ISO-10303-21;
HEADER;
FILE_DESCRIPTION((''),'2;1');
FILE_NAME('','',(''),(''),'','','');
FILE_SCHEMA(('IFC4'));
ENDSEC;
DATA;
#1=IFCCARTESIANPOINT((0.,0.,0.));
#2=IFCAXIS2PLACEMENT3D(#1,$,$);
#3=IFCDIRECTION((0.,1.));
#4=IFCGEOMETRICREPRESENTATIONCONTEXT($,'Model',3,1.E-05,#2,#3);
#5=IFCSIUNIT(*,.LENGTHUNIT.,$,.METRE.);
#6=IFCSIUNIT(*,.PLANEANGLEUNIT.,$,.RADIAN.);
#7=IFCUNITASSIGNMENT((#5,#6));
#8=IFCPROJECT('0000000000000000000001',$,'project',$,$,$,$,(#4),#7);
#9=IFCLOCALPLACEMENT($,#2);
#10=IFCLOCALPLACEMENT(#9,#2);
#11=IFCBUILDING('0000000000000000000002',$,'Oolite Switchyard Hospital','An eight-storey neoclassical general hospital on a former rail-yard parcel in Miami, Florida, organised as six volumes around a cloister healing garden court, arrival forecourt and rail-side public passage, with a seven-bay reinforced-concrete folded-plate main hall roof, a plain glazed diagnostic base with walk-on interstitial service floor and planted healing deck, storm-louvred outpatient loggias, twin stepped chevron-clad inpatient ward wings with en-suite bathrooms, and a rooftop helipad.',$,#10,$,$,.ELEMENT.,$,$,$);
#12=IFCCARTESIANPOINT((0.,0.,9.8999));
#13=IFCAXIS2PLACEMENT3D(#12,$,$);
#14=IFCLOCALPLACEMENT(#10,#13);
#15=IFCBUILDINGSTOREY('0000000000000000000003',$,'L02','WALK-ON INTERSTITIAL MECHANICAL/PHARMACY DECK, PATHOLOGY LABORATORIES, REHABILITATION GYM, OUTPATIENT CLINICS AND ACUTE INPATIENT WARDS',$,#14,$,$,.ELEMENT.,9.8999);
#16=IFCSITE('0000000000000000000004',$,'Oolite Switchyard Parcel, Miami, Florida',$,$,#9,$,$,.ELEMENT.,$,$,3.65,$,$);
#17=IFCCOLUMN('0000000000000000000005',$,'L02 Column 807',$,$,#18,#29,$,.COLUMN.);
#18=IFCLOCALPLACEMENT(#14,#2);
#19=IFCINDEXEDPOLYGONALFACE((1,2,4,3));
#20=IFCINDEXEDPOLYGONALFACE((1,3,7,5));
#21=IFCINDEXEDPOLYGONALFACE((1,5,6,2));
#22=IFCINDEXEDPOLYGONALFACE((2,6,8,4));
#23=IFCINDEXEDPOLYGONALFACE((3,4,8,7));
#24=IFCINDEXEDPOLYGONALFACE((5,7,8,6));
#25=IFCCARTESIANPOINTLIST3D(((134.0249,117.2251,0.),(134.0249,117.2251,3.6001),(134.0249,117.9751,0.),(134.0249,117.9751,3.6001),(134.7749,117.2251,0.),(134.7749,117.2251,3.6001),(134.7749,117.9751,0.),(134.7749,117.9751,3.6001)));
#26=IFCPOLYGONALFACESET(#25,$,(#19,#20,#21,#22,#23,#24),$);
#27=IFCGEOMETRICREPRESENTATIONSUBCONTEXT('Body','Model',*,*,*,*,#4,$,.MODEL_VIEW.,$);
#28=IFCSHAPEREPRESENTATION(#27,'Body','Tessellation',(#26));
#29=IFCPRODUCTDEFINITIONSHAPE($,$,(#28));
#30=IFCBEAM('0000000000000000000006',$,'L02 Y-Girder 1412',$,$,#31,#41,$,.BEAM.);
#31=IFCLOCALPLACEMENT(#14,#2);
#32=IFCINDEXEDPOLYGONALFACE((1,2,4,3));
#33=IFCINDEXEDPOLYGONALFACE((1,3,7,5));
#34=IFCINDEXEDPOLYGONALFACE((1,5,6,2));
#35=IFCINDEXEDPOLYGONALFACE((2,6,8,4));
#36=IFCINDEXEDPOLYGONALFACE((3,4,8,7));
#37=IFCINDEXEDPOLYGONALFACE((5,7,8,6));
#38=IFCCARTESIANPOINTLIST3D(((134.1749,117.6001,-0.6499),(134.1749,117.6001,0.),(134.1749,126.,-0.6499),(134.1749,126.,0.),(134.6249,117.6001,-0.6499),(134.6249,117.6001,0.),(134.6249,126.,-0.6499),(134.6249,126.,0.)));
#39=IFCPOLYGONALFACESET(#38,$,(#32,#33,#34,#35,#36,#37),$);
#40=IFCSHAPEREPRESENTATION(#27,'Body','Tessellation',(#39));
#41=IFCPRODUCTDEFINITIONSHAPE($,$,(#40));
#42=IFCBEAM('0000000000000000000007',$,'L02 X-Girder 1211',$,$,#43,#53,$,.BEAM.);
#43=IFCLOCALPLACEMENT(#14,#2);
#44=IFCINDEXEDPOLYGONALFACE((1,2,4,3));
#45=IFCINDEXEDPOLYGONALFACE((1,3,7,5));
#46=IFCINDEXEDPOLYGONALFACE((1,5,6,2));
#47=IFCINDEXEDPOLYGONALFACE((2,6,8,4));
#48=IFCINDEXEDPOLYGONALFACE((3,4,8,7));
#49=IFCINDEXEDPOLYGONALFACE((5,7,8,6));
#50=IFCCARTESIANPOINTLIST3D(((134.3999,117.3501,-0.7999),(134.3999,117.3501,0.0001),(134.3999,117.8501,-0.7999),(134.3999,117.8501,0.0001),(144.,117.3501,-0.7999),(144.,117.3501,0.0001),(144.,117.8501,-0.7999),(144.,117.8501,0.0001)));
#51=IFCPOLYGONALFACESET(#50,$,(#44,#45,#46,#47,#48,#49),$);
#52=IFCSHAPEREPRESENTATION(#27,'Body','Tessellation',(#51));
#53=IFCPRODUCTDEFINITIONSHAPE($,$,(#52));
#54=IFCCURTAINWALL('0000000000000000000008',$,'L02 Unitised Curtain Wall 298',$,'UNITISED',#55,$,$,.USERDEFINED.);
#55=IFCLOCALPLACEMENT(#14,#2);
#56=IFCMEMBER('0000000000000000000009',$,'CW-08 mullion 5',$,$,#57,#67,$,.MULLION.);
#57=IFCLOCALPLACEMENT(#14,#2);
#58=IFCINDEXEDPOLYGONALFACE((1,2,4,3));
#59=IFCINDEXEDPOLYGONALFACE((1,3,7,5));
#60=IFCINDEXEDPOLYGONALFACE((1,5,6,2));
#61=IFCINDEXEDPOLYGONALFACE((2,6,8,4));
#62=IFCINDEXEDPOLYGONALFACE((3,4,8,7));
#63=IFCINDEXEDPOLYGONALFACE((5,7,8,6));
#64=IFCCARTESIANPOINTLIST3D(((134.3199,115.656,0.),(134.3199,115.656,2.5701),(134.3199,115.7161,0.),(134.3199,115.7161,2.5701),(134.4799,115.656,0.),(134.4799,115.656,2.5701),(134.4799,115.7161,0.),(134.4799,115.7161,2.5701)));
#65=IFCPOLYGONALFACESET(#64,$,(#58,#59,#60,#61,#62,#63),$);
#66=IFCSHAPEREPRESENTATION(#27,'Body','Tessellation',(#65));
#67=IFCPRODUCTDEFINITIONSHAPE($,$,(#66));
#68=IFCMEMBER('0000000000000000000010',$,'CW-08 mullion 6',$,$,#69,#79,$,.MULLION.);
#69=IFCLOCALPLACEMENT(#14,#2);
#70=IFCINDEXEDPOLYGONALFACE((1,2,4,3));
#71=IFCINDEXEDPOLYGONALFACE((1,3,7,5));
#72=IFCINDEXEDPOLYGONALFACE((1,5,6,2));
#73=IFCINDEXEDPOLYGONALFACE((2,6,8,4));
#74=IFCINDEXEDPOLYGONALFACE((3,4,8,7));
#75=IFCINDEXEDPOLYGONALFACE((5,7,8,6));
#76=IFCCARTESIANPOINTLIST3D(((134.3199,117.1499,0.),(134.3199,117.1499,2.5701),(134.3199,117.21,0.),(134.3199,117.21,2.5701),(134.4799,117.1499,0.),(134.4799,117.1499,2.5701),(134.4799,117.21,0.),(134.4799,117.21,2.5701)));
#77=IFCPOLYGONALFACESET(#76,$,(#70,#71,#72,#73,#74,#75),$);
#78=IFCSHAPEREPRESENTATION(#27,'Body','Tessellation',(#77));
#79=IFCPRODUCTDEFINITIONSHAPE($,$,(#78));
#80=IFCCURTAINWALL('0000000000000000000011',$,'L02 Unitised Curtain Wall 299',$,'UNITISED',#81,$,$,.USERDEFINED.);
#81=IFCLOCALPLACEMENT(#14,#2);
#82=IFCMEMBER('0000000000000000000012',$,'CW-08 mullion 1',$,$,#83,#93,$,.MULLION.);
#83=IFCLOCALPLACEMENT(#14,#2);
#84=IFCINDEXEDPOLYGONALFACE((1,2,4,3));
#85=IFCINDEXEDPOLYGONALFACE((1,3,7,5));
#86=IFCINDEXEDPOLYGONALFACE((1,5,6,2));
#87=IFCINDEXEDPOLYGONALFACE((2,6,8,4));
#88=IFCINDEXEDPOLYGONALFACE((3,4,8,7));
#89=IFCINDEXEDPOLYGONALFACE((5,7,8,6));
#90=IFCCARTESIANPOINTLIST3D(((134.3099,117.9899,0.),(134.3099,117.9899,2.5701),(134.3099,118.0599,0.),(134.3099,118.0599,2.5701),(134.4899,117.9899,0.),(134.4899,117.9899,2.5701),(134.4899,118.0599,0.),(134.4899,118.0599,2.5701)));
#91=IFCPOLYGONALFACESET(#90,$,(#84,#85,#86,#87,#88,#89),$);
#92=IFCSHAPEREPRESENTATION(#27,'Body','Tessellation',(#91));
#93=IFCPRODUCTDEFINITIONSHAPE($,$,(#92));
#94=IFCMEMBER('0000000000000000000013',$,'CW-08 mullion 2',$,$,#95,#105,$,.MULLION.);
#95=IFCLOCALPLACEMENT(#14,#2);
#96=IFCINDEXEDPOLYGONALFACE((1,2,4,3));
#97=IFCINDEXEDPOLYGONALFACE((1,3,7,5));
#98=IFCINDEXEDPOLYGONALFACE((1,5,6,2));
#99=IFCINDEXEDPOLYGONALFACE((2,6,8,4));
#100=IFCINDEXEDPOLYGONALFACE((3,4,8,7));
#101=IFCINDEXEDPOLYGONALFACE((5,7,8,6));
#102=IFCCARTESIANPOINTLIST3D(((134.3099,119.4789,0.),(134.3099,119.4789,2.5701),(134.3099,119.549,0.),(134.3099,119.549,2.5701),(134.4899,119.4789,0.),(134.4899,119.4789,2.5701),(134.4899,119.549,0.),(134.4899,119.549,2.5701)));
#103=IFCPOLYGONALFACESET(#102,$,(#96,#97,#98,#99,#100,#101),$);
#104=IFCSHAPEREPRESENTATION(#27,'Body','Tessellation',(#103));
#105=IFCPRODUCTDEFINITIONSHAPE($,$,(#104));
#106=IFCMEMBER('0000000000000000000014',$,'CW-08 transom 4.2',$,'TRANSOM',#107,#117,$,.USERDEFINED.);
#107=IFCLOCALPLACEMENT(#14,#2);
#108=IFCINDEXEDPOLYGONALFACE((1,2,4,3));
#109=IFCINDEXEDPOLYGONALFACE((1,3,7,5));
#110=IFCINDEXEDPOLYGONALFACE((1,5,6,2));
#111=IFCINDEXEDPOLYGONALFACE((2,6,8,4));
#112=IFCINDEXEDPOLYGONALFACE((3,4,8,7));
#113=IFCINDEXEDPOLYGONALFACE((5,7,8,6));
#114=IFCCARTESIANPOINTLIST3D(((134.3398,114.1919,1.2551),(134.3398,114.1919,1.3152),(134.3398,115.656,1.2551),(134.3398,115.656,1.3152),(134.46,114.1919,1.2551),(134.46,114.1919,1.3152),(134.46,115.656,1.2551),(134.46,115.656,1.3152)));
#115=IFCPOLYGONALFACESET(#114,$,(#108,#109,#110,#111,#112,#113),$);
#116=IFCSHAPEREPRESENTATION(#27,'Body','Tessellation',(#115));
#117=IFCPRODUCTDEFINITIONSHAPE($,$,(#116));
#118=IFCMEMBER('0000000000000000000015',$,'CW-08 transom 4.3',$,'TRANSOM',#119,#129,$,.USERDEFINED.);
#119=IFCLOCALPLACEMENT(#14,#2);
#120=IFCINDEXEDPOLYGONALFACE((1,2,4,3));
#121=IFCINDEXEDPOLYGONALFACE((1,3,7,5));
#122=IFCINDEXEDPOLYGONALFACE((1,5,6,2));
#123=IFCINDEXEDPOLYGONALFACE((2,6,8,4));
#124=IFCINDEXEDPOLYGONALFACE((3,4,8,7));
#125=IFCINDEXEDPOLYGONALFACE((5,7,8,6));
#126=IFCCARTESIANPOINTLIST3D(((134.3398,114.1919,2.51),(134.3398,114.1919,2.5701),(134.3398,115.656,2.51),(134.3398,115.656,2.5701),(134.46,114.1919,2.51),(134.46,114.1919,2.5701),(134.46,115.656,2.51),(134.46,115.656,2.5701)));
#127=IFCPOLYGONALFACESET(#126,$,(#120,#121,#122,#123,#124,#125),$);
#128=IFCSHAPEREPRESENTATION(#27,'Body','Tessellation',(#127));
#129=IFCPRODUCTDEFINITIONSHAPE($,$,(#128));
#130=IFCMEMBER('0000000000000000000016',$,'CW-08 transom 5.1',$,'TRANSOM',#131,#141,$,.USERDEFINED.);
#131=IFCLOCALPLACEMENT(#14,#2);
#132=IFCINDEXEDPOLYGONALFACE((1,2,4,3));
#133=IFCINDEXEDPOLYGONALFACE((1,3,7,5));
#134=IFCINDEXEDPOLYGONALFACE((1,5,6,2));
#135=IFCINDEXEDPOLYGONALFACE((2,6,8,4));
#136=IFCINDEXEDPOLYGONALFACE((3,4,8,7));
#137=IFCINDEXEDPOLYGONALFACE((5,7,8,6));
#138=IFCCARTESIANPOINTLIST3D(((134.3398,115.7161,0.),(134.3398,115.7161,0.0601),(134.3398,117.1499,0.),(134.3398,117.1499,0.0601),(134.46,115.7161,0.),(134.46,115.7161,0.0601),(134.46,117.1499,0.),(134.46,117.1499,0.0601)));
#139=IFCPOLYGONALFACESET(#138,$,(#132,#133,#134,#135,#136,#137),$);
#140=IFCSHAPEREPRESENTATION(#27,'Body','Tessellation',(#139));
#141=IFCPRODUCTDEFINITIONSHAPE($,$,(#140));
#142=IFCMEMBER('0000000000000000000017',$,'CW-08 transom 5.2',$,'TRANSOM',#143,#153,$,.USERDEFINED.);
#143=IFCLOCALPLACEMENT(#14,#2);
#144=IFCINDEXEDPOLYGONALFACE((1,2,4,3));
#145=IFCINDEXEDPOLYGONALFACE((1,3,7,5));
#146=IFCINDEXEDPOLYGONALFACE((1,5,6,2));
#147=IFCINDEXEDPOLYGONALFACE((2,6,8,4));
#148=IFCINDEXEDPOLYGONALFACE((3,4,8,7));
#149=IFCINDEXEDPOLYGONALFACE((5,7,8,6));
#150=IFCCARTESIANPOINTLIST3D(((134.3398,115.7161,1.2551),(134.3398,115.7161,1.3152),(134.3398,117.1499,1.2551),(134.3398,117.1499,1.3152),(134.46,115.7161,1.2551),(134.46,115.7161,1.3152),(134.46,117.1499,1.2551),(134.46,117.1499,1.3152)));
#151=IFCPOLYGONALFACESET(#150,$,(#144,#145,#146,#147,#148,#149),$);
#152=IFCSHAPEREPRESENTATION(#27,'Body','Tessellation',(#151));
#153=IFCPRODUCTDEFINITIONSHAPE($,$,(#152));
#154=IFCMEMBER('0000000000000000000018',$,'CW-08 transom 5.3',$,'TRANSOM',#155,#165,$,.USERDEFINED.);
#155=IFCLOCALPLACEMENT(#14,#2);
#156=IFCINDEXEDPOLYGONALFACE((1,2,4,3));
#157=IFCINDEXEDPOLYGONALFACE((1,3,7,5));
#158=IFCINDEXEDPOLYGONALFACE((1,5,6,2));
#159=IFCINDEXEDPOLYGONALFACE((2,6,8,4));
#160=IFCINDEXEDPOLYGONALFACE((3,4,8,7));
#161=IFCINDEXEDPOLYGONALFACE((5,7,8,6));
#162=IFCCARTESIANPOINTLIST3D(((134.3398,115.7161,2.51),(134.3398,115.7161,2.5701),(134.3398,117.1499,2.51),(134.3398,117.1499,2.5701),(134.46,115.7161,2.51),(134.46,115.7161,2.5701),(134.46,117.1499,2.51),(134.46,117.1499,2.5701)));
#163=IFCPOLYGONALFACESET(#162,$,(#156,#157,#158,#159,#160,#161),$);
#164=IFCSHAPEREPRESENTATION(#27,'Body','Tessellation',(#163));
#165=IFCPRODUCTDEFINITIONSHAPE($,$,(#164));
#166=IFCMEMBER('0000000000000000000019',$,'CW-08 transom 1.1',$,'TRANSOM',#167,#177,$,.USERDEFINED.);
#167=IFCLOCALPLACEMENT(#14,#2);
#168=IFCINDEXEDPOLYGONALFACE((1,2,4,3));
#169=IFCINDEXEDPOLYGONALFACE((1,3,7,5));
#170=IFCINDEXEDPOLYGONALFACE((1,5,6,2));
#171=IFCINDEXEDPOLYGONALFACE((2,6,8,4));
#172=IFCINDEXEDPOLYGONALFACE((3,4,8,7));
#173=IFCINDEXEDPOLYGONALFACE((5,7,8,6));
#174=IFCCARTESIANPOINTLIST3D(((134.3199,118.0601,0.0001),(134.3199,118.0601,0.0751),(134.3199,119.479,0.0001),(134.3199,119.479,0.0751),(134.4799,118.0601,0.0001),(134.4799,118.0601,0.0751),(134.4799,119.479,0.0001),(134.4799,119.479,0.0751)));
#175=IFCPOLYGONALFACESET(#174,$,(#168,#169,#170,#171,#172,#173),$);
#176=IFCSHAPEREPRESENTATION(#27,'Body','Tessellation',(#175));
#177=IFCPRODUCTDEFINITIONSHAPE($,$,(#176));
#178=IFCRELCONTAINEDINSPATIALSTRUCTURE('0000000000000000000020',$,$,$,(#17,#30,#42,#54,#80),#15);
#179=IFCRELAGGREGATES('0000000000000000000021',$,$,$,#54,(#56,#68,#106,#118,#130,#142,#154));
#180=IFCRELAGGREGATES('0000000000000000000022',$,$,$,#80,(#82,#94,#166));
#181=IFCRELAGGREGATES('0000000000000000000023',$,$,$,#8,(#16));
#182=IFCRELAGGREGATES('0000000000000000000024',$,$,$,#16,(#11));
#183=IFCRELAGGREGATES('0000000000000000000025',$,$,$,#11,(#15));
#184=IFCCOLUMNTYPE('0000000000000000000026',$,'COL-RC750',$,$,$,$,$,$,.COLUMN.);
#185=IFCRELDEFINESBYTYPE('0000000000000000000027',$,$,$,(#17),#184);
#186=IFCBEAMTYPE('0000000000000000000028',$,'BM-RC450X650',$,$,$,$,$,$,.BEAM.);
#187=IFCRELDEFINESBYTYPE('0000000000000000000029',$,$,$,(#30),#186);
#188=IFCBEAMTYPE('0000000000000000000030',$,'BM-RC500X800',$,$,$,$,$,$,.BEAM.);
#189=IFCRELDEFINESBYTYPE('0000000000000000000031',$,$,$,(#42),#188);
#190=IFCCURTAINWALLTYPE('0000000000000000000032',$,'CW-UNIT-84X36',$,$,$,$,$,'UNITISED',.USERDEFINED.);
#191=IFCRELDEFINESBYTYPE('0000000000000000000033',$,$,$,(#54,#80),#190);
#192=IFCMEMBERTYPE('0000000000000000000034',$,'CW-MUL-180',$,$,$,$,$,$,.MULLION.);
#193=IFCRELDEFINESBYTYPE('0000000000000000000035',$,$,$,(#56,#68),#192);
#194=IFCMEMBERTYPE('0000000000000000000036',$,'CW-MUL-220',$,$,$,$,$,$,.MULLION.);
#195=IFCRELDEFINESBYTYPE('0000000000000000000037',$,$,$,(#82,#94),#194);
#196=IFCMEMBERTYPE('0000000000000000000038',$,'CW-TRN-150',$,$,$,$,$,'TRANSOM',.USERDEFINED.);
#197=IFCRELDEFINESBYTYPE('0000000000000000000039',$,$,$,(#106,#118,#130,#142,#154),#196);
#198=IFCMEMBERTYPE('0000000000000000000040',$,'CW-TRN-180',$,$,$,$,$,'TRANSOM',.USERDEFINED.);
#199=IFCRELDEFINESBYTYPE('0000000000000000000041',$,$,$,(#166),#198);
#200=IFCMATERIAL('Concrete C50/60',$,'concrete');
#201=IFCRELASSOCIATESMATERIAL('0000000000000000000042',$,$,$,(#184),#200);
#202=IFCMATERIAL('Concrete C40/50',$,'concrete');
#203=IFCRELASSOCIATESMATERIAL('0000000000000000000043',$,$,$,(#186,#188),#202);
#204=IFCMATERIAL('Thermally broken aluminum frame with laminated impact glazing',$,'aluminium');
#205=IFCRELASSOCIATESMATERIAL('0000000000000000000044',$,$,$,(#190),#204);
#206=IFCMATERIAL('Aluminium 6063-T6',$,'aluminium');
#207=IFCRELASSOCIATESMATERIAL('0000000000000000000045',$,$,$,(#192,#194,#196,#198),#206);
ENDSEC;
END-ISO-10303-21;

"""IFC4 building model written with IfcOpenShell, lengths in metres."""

from ifc_helpers import new_model, si_unit, direction, frame, origin, origin_2d, place, context, subcontext, project, spatial, rectangle, extrude, material, material_profile, profile_set, type_object, element, aggregate, save


model = new_model("IFC4")

# Units and contexts
model_context = context("Model", 3, precision=1e-05, world=origin(), true_north=direction((0.0, 1.0)))
body_context = subcontext(model_context, "Body", "Model", "MODEL_VIEW")
ifc_project = project(units=[si_unit("LENGTHUNIT", "METRE"), si_unit("PLANEANGLEUNIT", "RADIAN")], contexts=[model_context])

# Site, building, storey
site_placement = place(None, origin())
site = spatial("IfcSite", under=ifc_project, at=site_placement, Name="Oolite Switchyard Parcel, Miami, Florida", CompositionType="ELEMENT", RefElevation=3.65)
building_placement = place(site_placement, origin())
building = spatial("IfcBuilding", under=site, at=building_placement, Name="Oolite Switchyard Hospital", Description="An eight-storey neoclassical general hospital on a former rail-yard parcel in Miami, Florida, organised as six volumes around a cloister healing garden court, arrival forecourt and rail-side public passage, with a seven-bay reinforced-concrete folded-plate main hall roof, a plain glazed diagnostic base with walk-on interstitial service floor and planted healing deck, storm-louvred outpatient loggias, twin stepped chevron-clad inpatient ward wings with en-suite bathrooms, and a rooftop helipad.", CompositionType="ELEMENT")
storey_placement = place(building_placement, frame((0.0, 0.0, 9.8999)))
storey = spatial("IfcBuildingStorey", under=building, at=storey_placement, Name="L02", Description="WALK-ON INTERSTITIAL MECHANICAL/PHARMACY DECK, PATHOLOGY LABORATORIES, REHABILITATION GYM, OUTPATIENT CLINICS AND ACUTE INPATIENT WARDS", CompositionType="ELEMENT", Elevation=9.8999)

# Column
ifc_material_1 = material(Name="Concrete C50/60", Category="concrete")
ifc_material_profile_1 = material_profile(ifc_material_1, rectangle(XDim=0.75, YDim=0.75, at=origin_2d()), Name="RC750X750")
ifc_profile_set_1 = profile_set([ifc_material_profile_1], Name="Concrete C50/60")
column_type = type_object("IfcColumnType", Name="COL-RC750", PredefinedType="COLUMN", material=ifc_profile_set_1)
column_placement = place(storey_placement, frame((134.3999, 117.6001, 0.0), z_axis=(0.0, 0.0, 1.0), x_axis=(1.0, 0.0, 0.0)))
element("IfcColumn", 1, at=column_placement, inside=storey, type_object=column_type, Name="L02 Column 807", PredefinedType="COLUMN", context=body_context, shape_type="SweptSolid", body=[
    extrude(rectangle(XDim=0.75, YDim=0.75, at=origin_2d()), origin(), (0.0, 0.0, 1.0), 3.6001),
])

# Beams
ifc_material_2 = material(Name="Concrete C40/50", Category="concrete")
ifc_material_profile_2 = material_profile(ifc_material_2, rectangle(XDim=0.45, YDim=0.6499, at=origin_2d()), Name="RCB450X650")
ifc_profile_set_2 = profile_set([ifc_material_profile_2], Name="Concrete C40/50")
beam_type_1 = type_object("IfcBeamType", Name="BM-RC450X650", PredefinedType="BEAM", material=ifc_profile_set_2)
beam_1_placement = place(storey_placement, frame((134.3999, 117.6001, -0.325), z_axis=(0.0, 1.0, 0.0), x_axis=(-1.0, 0.0, 0.0)))
element("IfcBeam", 2, at=beam_1_placement, inside=storey, type_object=beam_type_1, Name="L02 Y-Girder 1412", PredefinedType="BEAM", context=body_context, shape_type="SweptSolid", body=[
    extrude(rectangle(XDim=0.45, YDim=0.6499, at=origin_2d()), origin(), (0.0, 0.0, 1.0), 8.3999),
])
ifc_material_profile_3 = material_profile(ifc_material_2, rectangle(XDim=0.5, YDim=0.8, at=origin_2d()), Name="RCB500X800")
ifc_profile_set_3 = profile_set([ifc_material_profile_3], Name="Concrete C40/50")
beam_type_2 = type_object("IfcBeamType", Name="BM-RC500X800", PredefinedType="BEAM", material=ifc_profile_set_3)
beam_2_placement = place(storey_placement, frame((134.3999, 117.6001, -0.3999), z_axis=(1.0, 0.0, 0.0), x_axis=(0.0, 1.0, 0.0)))
element("IfcBeam", 3, at=beam_2_placement, inside=storey, type_object=beam_type_2, Name="L02 X-Girder 1211", PredefinedType="BEAM", context=body_context, shape_type="SweptSolid", body=[
    extrude(rectangle(XDim=0.5, YDim=0.8, at=origin_2d()), origin(), (0.0, 0.0, 1.0), 9.6001),
])

# Curtain walls, members
ifc_material_3 = material(Name="Thermally broken aluminum frame with laminated impact glazing", Category="aluminium")
curtain_wall_type = type_object("IfcCurtainWallType", Name="CW-UNIT-84X36", ElementType="UNITISED", PredefinedType="USERDEFINED", material=ifc_material_3)
curtain_wall_1_placement = place(storey_placement, origin())
curtain_wall_1 = element("IfcCurtainWall", 4, at=curtain_wall_1_placement, inside=storey, type_object=curtain_wall_type, Name="L02 Unitised Curtain Wall 298", ObjectType="UNITISED", PredefinedType="USERDEFINED")
ifc_material_4 = material(Name="Aluminium 6063-T6", Category="aluminium")
ifc_material_profile_4 = material_profile(ifc_material_4, rectangle(XDim=0.1599, YDim=0.0601, at=origin_2d()), Name="CWM60X160")
ifc_profile_set_4 = profile_set([ifc_material_profile_4], Name="Aluminium 6063-T6")
member_type_1 = type_object("IfcMemberType", Name="CW-MUL-180", PredefinedType="MULLION", material=ifc_profile_set_4)
member_1_placement = place(storey_placement, frame((134.3999, 115.686, 0.0), z_axis=(0.0, 0.0, 1.0), x_axis=(-1.0, 0.0, 0.0)))
member_1 = element("IfcMember", 5, at=member_1_placement, type_object=member_type_1, Name="CW-08 mullion 5", PredefinedType="MULLION", context=body_context, shape_type="SweptSolid", body=[
    extrude(rectangle(XDim=0.1599, YDim=0.0601, at=origin_2d()), origin(), (0.0, 0.0, 1.0), 2.5701),
])
member_2_placement = place(storey_placement, frame((134.3999, 117.1799, 0.0), z_axis=(0.0, 0.0, 1.0), x_axis=(-1.0, 0.0, 0.0)))
member_2 = element("IfcMember", 6, at=member_2_placement, type_object=member_type_1, Name="CW-08 mullion 6", PredefinedType="MULLION", context=body_context, shape_type="SweptSolid", body=[
    extrude(rectangle(XDim=0.1599, YDim=0.0601, at=origin_2d()), origin(), (0.0, 0.0, 1.0), 2.5701),
])
curtain_wall_2_placement = place(storey_placement, origin())
curtain_wall_2 = element("IfcCurtainWall", 7, at=curtain_wall_2_placement, inside=storey, type_object=curtain_wall_type, Name="L02 Unitised Curtain Wall 299", ObjectType="UNITISED", PredefinedType="USERDEFINED")
ifc_material_profile_5 = material_profile(ifc_material_4, rectangle(XDim=0.1799, YDim=0.0701, at=origin_2d()), Name="CWM70X180")
ifc_profile_set_5 = profile_set([ifc_material_profile_5], Name="Aluminium 6063-T6")
member_type_2 = type_object("IfcMemberType", Name="CW-MUL-220", PredefinedType="MULLION", material=ifc_profile_set_5)
member_3_placement = place(storey_placement, frame((134.3999, 118.0249, 0.0), z_axis=(0.0, 0.0, 1.0), x_axis=(-1.0, 0.0, 0.0)))
member_3 = element("IfcMember", 8, at=member_3_placement, type_object=member_type_2, Name="CW-08 mullion 1", PredefinedType="MULLION", context=body_context, shape_type="SweptSolid", body=[
    extrude(rectangle(XDim=0.1799, YDim=0.0701, at=origin_2d()), origin(), (0.0, 0.0, 1.0), 2.5701),
])
member_4_placement = place(storey_placement, frame((134.3999, 119.5139, 0.0), z_axis=(0.0, 0.0, 1.0), x_axis=(-1.0, 0.0, 0.0)))
member_4 = element("IfcMember", 9, at=member_4_placement, type_object=member_type_2, Name="CW-08 mullion 2", PredefinedType="MULLION", context=body_context, shape_type="SweptSolid", body=[
    extrude(rectangle(XDim=0.1799, YDim=0.0701, at=origin_2d()), origin(), (0.0, 0.0, 1.0), 2.5701),
])

# Members
ifc_material_profile_6 = material_profile(ifc_material_4, rectangle(XDim=0.1201, YDim=0.0601, at=origin_2d()), Name="CWT60X120")
ifc_profile_set_6 = profile_set([ifc_material_profile_6], Name="Aluminium 6063-T6")
member_type_3 = type_object("IfcMemberType", Name="CW-TRN-150", ElementType="TRANSOM", PredefinedType="USERDEFINED", material=ifc_profile_set_6)
member_5_placement = place(storey_placement, frame((134.3999, 114.1919, 1.2852), z_axis=(0.0, 1.0, 0.0), x_axis=(-1.0, 0.0, 0.0)))
member_5 = element("IfcMember", 10, at=member_5_placement, type_object=member_type_3, Name="CW-08 transom 4.2", ObjectType="TRANSOM", PredefinedType="USERDEFINED", context=body_context, shape_type="SweptSolid", body=[
    extrude(rectangle(XDim=0.1201, YDim=0.0601, at=origin_2d()), origin(), (0.0, 0.0, 1.0), 1.4641),
])
member_6_placement = place(storey_placement, frame((134.3999, 114.1919, 2.54), z_axis=(0.0, 1.0, 0.0), x_axis=(-1.0, 0.0, 0.0)))
member_6 = element("IfcMember", 11, at=member_6_placement, type_object=member_type_3, Name="CW-08 transom 4.3", ObjectType="TRANSOM", PredefinedType="USERDEFINED", context=body_context, shape_type="SweptSolid", body=[
    extrude(rectangle(XDim=0.1201, YDim=0.0601, at=origin_2d()), origin(), (0.0, 0.0, 1.0), 1.4641),
])
member_7_placement = place(storey_placement, frame((134.3999, 115.7161, 0.03), z_axis=(0.0, 1.0, 0.0), x_axis=(-1.0, 0.0, 0.0)))
member_7 = element("IfcMember", 12, at=member_7_placement, type_object=member_type_3, Name="CW-08 transom 5.1", ObjectType="TRANSOM", PredefinedType="USERDEFINED", context=body_context, shape_type="SweptSolid", body=[
    extrude(rectangle(XDim=0.1201, YDim=0.0601, at=origin_2d()), origin(), (0.0, 0.0, 1.0), 1.4338),
])
member_8_placement = place(storey_placement, frame((134.3999, 115.7161, 1.2852), z_axis=(0.0, 1.0, 0.0), x_axis=(-1.0, 0.0, 0.0)))
member_8 = element("IfcMember", 13, at=member_8_placement, type_object=member_type_3, Name="CW-08 transom 5.2", ObjectType="TRANSOM", PredefinedType="USERDEFINED", context=body_context, shape_type="SweptSolid", body=[
    extrude(rectangle(XDim=0.1201, YDim=0.0601, at=origin_2d()), origin(), (0.0, 0.0, 1.0), 1.4338),
])
member_9_placement = place(storey_placement, frame((134.3999, 115.7161, 2.54), z_axis=(0.0, 1.0, 0.0), x_axis=(-1.0, 0.0, 0.0)))
member_9 = element("IfcMember", 14, at=member_9_placement, type_object=member_type_3, Name="CW-08 transom 5.3", ObjectType="TRANSOM", PredefinedType="USERDEFINED", context=body_context, shape_type="SweptSolid", body=[
    extrude(rectangle(XDim=0.1201, YDim=0.0601, at=origin_2d()), origin(), (0.0, 0.0, 1.0), 1.4338),
])
ifc_material_profile_7 = material_profile(ifc_material_4, rectangle(XDim=0.1599, YDim=0.075, at=origin_2d()), Name="CWT75X160")
ifc_profile_set_7 = profile_set([ifc_material_profile_7], Name="Aluminium 6063-T6")
member_type_4 = type_object("IfcMemberType", Name="CW-TRN-180", ElementType="TRANSOM", PredefinedType="USERDEFINED", material=ifc_profile_set_7)
member_10_placement = place(storey_placement, frame((134.3999, 118.0601, 0.0376), z_axis=(0.0, 1.0, 0.0), x_axis=(-1.0, 0.0, 0.0)))
member_10 = element("IfcMember", 15, at=member_10_placement, type_object=member_type_4, Name="CW-08 transom 1.1", ObjectType="TRANSOM", PredefinedType="USERDEFINED", context=body_context, shape_type="SweptSolid", body=[
    extrude(rectangle(XDim=0.1599, YDim=0.075, at=origin_2d()), origin(), (0.0, 0.0, 1.0), 1.4189),
])

aggregate(curtain_wall_1, [member_1, member_2, member_5, member_6, member_7, member_8, member_9])
aggregate(curtain_wall_2, [member_3, member_4, member_10])

save(model, "model.ifc")
